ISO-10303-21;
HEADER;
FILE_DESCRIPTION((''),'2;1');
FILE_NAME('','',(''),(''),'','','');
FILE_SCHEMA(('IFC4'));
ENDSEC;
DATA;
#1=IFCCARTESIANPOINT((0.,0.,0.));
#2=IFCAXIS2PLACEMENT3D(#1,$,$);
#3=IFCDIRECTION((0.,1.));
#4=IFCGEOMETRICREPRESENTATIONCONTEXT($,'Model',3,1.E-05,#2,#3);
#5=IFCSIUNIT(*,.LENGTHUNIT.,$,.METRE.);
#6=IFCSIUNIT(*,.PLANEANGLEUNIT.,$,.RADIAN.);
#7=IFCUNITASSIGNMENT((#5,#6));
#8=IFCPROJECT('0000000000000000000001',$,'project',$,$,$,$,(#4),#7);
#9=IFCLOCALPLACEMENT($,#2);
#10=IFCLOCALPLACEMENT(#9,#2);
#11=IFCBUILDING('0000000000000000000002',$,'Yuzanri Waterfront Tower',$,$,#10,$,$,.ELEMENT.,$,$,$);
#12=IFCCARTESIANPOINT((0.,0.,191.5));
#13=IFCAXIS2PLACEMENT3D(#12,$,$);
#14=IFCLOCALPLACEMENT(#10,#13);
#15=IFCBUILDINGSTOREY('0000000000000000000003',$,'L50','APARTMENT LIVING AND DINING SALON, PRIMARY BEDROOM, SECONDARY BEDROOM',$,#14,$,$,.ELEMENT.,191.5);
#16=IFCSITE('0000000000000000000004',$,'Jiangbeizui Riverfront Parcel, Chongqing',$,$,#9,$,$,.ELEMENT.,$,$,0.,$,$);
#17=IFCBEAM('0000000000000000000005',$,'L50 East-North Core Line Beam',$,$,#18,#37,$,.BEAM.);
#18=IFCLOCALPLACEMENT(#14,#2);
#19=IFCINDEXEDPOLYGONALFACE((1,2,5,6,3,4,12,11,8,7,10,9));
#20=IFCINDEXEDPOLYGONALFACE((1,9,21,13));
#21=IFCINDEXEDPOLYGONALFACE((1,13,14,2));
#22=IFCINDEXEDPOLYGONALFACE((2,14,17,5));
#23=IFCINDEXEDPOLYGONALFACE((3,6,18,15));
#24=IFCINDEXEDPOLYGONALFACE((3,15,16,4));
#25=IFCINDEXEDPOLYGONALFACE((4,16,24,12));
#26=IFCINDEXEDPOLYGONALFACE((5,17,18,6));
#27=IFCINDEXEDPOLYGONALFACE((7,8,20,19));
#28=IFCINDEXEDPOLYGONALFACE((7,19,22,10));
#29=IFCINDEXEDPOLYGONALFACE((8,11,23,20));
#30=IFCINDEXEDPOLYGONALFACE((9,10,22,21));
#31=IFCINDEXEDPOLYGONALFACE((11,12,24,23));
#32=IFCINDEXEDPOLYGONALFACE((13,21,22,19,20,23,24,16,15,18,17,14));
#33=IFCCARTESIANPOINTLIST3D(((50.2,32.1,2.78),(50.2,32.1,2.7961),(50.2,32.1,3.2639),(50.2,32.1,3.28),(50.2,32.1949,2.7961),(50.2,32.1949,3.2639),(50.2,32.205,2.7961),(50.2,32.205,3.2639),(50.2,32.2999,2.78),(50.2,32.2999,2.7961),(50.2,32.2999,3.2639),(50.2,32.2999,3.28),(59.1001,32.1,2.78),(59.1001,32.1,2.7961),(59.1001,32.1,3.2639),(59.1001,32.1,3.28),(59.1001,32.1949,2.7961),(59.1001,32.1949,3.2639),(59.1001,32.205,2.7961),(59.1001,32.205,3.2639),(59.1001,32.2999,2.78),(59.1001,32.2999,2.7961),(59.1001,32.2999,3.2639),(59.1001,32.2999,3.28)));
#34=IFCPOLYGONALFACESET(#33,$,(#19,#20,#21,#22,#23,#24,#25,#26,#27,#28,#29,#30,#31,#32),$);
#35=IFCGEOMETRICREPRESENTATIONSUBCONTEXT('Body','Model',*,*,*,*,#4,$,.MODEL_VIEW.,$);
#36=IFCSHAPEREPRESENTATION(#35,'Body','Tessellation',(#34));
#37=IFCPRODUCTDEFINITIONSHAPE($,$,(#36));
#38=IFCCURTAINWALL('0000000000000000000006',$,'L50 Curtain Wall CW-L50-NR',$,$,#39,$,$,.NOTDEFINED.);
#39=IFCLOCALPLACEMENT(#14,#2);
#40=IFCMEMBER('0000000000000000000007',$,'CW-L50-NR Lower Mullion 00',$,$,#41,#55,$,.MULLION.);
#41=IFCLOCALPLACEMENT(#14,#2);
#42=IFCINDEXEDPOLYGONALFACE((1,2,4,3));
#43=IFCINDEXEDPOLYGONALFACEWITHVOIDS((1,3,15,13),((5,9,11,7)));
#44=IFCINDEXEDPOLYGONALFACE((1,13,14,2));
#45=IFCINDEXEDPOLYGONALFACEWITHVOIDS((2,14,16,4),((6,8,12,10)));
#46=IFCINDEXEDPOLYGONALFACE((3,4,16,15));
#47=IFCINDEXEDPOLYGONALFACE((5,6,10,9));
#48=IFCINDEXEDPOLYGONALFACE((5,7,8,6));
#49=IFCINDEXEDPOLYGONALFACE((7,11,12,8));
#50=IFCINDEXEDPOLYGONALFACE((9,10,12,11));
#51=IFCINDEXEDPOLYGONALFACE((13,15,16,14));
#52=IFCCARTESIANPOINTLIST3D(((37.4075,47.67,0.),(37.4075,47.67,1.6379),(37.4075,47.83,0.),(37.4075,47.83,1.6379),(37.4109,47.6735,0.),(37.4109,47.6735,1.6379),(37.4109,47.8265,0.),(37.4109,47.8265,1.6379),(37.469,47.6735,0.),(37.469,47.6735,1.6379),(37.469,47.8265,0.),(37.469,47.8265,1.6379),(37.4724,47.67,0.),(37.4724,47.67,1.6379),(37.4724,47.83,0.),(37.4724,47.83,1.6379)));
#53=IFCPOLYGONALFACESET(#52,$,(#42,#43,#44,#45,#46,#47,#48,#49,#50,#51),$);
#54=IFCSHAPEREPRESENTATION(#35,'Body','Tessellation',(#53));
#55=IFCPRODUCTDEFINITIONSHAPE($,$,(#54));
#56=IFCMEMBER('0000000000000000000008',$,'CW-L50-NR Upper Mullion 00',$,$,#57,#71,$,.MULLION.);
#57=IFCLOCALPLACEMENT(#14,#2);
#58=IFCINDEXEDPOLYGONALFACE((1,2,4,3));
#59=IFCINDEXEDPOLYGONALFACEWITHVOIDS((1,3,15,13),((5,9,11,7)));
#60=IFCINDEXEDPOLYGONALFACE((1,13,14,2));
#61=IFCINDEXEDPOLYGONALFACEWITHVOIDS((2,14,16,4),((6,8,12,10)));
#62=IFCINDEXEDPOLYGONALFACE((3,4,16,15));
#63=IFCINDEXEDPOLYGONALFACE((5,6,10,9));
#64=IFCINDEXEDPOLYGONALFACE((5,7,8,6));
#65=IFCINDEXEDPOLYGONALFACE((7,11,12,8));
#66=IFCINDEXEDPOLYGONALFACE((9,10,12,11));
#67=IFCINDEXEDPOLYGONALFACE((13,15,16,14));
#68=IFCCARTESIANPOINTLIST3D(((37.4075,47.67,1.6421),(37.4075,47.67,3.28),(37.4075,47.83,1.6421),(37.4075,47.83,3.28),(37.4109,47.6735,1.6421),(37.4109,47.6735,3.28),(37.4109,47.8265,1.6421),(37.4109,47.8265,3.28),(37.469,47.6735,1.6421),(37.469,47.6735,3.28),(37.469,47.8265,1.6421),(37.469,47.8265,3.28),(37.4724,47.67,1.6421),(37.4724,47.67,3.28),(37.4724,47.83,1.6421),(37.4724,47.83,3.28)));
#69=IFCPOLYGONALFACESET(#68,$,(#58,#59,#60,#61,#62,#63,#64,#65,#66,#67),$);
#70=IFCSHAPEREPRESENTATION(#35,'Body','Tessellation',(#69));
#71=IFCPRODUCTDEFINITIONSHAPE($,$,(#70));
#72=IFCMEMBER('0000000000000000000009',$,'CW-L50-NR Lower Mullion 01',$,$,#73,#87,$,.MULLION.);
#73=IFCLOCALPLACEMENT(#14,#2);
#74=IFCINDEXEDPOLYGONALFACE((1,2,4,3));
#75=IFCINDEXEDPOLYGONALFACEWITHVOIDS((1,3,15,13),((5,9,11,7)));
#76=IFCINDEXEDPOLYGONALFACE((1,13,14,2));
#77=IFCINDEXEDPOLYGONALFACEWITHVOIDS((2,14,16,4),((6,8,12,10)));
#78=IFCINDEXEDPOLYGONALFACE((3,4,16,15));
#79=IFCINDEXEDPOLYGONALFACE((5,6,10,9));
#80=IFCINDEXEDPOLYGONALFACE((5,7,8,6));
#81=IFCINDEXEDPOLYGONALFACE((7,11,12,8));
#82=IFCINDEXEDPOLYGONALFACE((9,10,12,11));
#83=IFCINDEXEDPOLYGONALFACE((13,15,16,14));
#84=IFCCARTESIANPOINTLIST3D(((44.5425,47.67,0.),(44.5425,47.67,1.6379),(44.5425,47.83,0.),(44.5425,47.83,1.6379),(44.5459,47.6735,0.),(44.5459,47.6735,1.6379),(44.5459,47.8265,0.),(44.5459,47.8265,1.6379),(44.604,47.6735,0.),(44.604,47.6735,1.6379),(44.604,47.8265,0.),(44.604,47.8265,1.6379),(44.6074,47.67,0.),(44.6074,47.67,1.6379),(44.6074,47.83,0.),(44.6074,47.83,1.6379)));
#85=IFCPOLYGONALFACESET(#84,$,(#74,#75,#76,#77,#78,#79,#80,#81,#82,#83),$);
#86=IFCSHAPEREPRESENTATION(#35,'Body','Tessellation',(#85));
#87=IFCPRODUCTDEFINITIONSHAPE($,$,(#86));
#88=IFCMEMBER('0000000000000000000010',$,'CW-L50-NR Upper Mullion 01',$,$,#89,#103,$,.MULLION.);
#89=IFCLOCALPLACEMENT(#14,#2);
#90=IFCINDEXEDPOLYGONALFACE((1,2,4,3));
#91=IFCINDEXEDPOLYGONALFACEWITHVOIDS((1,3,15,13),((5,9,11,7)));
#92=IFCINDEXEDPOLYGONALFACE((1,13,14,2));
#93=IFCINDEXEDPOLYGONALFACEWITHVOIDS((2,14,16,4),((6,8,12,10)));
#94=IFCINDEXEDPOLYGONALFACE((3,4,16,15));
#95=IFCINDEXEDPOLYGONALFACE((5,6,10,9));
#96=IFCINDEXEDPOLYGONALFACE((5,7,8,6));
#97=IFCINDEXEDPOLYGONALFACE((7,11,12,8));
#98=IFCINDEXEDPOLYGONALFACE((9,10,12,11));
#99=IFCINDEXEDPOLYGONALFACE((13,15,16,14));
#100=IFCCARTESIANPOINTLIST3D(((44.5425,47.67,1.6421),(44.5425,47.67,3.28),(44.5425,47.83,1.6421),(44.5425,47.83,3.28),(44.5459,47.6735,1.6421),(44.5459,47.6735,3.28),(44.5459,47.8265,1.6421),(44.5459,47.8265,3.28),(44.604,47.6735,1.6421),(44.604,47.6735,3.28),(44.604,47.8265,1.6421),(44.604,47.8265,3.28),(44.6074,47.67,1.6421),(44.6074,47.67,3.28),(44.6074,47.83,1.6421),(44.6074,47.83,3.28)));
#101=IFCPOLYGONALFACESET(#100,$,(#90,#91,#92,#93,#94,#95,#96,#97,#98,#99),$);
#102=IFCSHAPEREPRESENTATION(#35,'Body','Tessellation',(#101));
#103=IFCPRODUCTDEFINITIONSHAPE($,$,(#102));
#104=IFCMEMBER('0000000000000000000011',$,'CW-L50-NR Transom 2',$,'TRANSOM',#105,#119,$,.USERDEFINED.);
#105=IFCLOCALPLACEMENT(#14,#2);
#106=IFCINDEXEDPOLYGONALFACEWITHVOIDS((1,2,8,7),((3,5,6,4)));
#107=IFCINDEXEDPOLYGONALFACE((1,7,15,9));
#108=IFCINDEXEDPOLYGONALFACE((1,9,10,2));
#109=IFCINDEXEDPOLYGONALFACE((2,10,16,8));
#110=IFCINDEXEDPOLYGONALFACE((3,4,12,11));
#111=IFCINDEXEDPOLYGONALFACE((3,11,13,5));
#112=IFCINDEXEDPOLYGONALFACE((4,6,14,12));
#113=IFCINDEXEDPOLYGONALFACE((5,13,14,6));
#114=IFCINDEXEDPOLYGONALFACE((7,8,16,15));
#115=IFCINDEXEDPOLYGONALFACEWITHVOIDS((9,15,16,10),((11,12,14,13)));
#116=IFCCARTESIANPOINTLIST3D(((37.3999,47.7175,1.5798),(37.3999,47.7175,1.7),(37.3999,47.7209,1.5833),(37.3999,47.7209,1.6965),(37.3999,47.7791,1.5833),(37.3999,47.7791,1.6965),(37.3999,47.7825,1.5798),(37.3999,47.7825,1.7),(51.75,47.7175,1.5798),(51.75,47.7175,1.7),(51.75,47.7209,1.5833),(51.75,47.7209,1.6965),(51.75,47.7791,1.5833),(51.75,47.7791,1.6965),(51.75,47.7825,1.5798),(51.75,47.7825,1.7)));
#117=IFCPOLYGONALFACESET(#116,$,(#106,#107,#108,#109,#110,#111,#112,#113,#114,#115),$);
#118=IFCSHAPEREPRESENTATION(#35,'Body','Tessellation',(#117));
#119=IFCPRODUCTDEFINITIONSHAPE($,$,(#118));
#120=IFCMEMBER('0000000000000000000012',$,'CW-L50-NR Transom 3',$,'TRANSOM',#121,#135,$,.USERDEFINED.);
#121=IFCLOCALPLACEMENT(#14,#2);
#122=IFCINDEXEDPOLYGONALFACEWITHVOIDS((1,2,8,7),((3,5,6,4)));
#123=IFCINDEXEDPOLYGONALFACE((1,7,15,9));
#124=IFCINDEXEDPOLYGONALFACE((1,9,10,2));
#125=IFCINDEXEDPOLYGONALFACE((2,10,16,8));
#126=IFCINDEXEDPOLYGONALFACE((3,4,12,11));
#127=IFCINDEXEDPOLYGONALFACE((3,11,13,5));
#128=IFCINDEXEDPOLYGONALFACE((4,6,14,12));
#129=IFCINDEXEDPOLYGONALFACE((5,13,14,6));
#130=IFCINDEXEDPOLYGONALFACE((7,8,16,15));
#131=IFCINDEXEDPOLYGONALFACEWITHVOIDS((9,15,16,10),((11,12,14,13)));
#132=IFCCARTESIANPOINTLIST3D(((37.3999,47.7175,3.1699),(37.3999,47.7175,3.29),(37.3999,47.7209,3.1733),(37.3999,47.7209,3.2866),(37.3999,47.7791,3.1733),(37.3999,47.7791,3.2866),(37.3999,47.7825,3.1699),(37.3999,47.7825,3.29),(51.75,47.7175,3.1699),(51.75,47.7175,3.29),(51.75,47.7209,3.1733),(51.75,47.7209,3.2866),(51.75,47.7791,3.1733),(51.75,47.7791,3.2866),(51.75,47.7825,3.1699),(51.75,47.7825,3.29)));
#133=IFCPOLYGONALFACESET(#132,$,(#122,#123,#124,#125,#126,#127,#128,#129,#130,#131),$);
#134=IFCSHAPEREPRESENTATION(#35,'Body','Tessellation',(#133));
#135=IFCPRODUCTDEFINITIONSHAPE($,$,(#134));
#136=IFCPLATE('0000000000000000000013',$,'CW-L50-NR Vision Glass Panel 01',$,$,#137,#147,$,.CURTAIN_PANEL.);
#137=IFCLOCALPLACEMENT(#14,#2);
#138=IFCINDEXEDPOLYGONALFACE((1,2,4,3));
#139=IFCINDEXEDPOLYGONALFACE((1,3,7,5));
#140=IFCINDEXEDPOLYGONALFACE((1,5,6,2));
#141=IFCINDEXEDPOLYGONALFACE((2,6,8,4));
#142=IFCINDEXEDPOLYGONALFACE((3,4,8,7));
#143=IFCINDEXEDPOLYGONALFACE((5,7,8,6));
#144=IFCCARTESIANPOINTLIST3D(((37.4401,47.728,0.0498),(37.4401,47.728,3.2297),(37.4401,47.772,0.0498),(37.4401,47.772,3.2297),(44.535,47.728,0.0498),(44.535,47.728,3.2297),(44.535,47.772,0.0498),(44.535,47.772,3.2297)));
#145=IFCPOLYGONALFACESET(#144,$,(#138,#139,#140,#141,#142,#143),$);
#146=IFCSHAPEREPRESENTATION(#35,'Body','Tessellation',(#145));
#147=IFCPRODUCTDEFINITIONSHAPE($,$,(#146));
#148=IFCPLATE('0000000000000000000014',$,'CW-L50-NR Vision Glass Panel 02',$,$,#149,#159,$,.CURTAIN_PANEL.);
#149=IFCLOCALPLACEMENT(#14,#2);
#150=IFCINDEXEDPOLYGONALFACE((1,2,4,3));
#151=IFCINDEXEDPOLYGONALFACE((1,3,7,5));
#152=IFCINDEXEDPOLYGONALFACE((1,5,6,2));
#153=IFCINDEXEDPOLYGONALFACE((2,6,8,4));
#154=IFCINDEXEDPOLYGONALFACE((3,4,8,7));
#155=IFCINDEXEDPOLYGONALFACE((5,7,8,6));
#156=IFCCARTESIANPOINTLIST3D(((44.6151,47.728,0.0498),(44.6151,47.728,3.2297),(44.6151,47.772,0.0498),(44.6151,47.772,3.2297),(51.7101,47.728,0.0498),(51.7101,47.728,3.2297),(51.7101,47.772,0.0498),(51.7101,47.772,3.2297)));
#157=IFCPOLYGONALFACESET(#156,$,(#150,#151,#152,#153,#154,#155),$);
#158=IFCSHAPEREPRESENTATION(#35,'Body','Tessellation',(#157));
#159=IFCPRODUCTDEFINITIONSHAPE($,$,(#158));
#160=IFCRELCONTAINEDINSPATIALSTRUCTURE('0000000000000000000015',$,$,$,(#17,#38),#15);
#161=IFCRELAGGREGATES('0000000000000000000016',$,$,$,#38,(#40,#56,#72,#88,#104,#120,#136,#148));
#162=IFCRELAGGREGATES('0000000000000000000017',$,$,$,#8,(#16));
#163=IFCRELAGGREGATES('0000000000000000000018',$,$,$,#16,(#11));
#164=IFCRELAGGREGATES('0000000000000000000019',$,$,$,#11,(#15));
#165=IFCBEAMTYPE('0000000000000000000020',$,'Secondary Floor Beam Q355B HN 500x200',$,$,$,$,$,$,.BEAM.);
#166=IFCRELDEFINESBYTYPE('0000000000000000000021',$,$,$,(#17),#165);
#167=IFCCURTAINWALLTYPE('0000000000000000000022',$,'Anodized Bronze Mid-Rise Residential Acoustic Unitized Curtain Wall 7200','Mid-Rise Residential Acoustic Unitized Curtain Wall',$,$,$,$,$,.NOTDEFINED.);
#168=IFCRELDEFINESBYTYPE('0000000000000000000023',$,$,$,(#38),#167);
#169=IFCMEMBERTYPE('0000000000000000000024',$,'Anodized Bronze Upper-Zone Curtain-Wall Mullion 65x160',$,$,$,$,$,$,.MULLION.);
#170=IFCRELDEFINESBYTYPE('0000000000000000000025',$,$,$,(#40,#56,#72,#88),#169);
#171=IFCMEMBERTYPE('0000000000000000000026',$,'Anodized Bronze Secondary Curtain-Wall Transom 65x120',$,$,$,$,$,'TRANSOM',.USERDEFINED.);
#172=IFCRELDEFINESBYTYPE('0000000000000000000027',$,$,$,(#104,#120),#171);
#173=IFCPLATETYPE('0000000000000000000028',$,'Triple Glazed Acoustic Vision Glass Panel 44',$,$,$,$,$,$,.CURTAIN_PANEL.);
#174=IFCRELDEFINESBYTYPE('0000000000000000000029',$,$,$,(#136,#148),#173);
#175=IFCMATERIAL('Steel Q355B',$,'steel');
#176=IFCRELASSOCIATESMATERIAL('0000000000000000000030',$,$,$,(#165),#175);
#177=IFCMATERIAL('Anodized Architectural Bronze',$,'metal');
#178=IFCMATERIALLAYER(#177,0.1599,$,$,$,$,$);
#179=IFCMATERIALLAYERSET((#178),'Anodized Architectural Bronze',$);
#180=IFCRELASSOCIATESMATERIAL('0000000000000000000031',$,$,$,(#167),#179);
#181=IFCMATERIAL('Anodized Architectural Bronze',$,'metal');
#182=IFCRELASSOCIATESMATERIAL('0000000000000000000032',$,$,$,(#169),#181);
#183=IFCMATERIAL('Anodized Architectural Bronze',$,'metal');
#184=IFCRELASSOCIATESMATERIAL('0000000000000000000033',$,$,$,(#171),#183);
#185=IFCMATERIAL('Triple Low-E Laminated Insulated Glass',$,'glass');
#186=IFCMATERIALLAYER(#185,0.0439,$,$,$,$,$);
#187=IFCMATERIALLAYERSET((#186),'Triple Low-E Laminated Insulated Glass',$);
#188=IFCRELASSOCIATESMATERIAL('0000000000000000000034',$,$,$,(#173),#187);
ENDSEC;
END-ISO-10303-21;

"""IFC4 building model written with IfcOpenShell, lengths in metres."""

from ifc_helpers import new_model, si_unit, direction, frame, origin, origin_2d, place, context, subcontext, project, spatial, rectangle, hollow_rectangle, i_section, extrude, source, transform, mapped, material, layer, layer_set, material_profile, profile_set, type_object, element, aggregate, save


model = new_model("IFC4")

# Units and contexts
model_context = context("Model", 3, precision=1e-05, world=origin(), true_north=direction((0.0, 1.0)))
body_context = subcontext(model_context, "Body", "Model", "MODEL_VIEW")
ifc_project = project(units=[si_unit("LENGTHUNIT", "METRE"), si_unit("PLANEANGLEUNIT", "RADIAN")], contexts=[model_context])

# Site, building, storey
site_placement = place(None, origin())
site = spatial("IfcSite", under=ifc_project, at=site_placement, Name="Jiangbeizui Riverfront Parcel, Chongqing", CompositionType="ELEMENT", RefElevation=0.0)
building_placement = place(site_placement, origin())
building = spatial("IfcBuilding", under=site, at=building_placement, Name="Yuzanri Waterfront Tower", CompositionType="ELEMENT")
storey_placement = place(building_placement, frame((0.0, 0.0, 191.5)))
storey = spatial("IfcBuildingStorey", under=building, at=storey_placement, Name="L50", Description="APARTMENT LIVING AND DINING SALON, PRIMARY BEDROOM, SECONDARY BEDROOM", CompositionType="ELEMENT", Elevation=191.5)

# Beam
ifc_material_1 = material(Name="Steel Q355B", Category="steel")
ifc_material_profile_1 = material_profile(ifc_material_1, i_section(OverallWidth=0.2, OverallDepth=0.5, WebThickness=0.01, FlangeThickness=0.0161, at=origin_2d()), Name="HN 500x200x10x16")
ifc_profile_set_1 = profile_set([ifc_material_profile_1], Name="Steel Q355B")
beam_type = type_object("IfcBeamType", Name="Secondary Floor Beam Q355B HN 500x200", PredefinedType="BEAM", material=ifc_profile_set_1)
shared_shape_1 = source(origin(), body_context, "Body", "SweptSolid", [
    extrude(i_section(OverallWidth=0.2, OverallDepth=0.5, WebThickness=0.01, FlangeThickness=0.0161, at=origin_2d()), origin(), (0.0, 0.0, 1.0), 8.9001),
])
beam_placement = place(storey_placement, frame((50.2, 32.2, 3.03), z_axis=(1.0, 0.0, 0.0), x_axis=(0.0, 1.0, 0.0)))
element("IfcBeam", 1, at=beam_placement, inside=storey, type_object=beam_type, Name="L50 East-North Core Line Beam", PredefinedType="BEAM", context=body_context, shape_type="MappedRepresentation", body=[
    mapped(shared_shape_1, transform((0.0, 0.0, 0.0), scale=1.0)),
])

# Curtain wall, members, plates
ifc_material_2 = material(Name="Anodized Architectural Bronze", Category="metal")
ifc_layer_1 = layer(ifc_material_2, 0.1599)
ifc_layer_set_1 = layer_set([ifc_layer_1], Name="Anodized Architectural Bronze")
curtain_wall_type = type_object("IfcCurtainWallType", Name="Anodized Bronze Mid-Rise Residential Acoustic Unitized Curtain Wall 7200", Description="Mid-Rise Residential Acoustic Unitized Curtain Wall", PredefinedType="NOTDEFINED", material=ifc_layer_set_1)
curtain_wall_placement = place(storey_placement, origin())
curtain_wall = element("IfcCurtainWall", 2, at=curtain_wall_placement, inside=storey, type_object=curtain_wall_type, Name="L50 Curtain Wall CW-L50-NR", PredefinedType="NOTDEFINED")
ifc_material_3 = material(Name="Anodized Architectural Bronze", Category="metal")
ifc_material_profile_2 = material_profile(ifc_material_3, hollow_rectangle(XDim=0.0649, YDim=0.1599, WallThickness=0.0034, at=origin_2d()), Name="CWM 65x160")
ifc_profile_set_2 = profile_set([ifc_material_profile_2], Name="Anodized Architectural Bronze")
member_type_1 = type_object("IfcMemberType", Name="Anodized Bronze Upper-Zone Curtain-Wall Mullion 65x160", PredefinedType="MULLION", material=ifc_profile_set_2)
shared_shape_2 = source(origin(), body_context, "Body", "SweptSolid", [
    extrude(hollow_rectangle(XDim=0.0649, YDim=0.1599, WallThickness=0.0034, at=origin_2d()), origin(), (0.0, 0.0, 1.0), 1.6379),
])
member_1_placement = place(storey_placement, frame((37.4399, 47.75, 0.0), z_axis=(0.0, 0.0, 1.0), x_axis=(1.0, 0.0, 0.0)))
member_1 = element("IfcMember", 3, at=member_1_placement, type_object=member_type_1, Name="CW-L50-NR Lower Mullion 00", PredefinedType="MULLION", context=body_context, shape_type="MappedRepresentation", body=[
    mapped(shared_shape_2, transform((0.0, 0.0, 0.0), scale=1.0)),
])
member_2_placement = place(storey_placement, frame((37.4399, 47.75, 1.6421), z_axis=(0.0, 0.0, 1.0), x_axis=(1.0, 0.0, 0.0)))
member_2 = element("IfcMember", 4, at=member_2_placement, type_object=member_type_1, Name="CW-L50-NR Upper Mullion 00", PredefinedType="MULLION", context=body_context, shape_type="MappedRepresentation", body=[
    mapped(shared_shape_2, transform((0.0, 0.0, 0.0), scale=1.0)),
])
member_3_placement = place(storey_placement, frame((44.575, 47.75, 0.0), z_axis=(0.0, 0.0, 1.0), x_axis=(1.0, 0.0, 0.0)))
member_3 = element("IfcMember", 5, at=member_3_placement, type_object=member_type_1, Name="CW-L50-NR Lower Mullion 01", PredefinedType="MULLION", context=body_context, shape_type="MappedRepresentation", body=[
    mapped(shared_shape_2, transform((0.0, 0.0, 0.0), scale=1.0)),
])
member_4_placement = place(storey_placement, frame((44.575, 47.75, 1.6421), z_axis=(0.0, 0.0, 1.0), x_axis=(1.0, 0.0, 0.0)))
member_4 = element("IfcMember", 6, at=member_4_placement, type_object=member_type_1, Name="CW-L50-NR Upper Mullion 01", PredefinedType="MULLION", context=body_context, shape_type="MappedRepresentation", body=[
    mapped(shared_shape_2, transform((0.0, 0.0, 0.0), scale=1.0)),
])
ifc_material_4 = material(Name="Anodized Architectural Bronze", Category="metal")
ifc_material_profile_3 = material_profile(ifc_material_4, hollow_rectangle(XDim=0.0649, YDim=0.1201, WallThickness=0.0034, at=origin_2d()), Name="CWT 65x120")
ifc_profile_set_3 = profile_set([ifc_material_profile_3], Name="Anodized Architectural Bronze")
member_type_2 = type_object("IfcMemberType", Name="Anodized Bronze Secondary Curtain-Wall Transom 65x120", ElementType="TRANSOM", PredefinedType="USERDEFINED", material=ifc_profile_set_3)
shared_shape_3 = source(origin(), body_context, "Body", "SweptSolid", [
    extrude(hollow_rectangle(XDim=0.0649, YDim=0.1201, WallThickness=0.0034, at=origin_2d()), origin(), (0.0, 0.0, 1.0), 14.3501),
])
member_5_placement = place(storey_placement, frame((37.3999, 47.75, 1.6399), z_axis=(1.0, 0.0, 0.0), x_axis=(0.0, 1.0, 0.0)))
member_5 = element("IfcMember", 7, at=member_5_placement, type_object=member_type_2, Name="CW-L50-NR Transom 2", ObjectType="TRANSOM", PredefinedType="USERDEFINED", context=body_context, shape_type="MappedRepresentation", body=[
    mapped(shared_shape_3, transform((0.0, 0.0, 0.0), scale=1.0)),
])
member_6_placement = place(storey_placement, frame((37.3999, 47.75, 3.23), z_axis=(1.0, 0.0, 0.0), x_axis=(0.0, 1.0, 0.0)))
member_6 = element("IfcMember", 8, at=member_6_placement, type_object=member_type_2, Name="CW-L50-NR Transom 3", ObjectType="TRANSOM", PredefinedType="USERDEFINED", context=body_context, shape_type="MappedRepresentation", body=[
    mapped(shared_shape_3, transform((0.0, 0.0, 0.0), scale=1.0)),
])
ifc_material_5 = material(Name="Triple Low-E Laminated Insulated Glass", Category="glass")
ifc_layer_2 = layer(ifc_material_5, 0.0439)
ifc_layer_set_2 = layer_set([ifc_layer_2], Name="Triple Low-E Laminated Insulated Glass")
plate_type = type_object("IfcPlateType", Name="Triple Glazed Acoustic Vision Glass Panel 44", PredefinedType="CURTAIN_PANEL", material=ifc_layer_set_2)
shared_shape_4 = source(origin(), body_context, "Body", "SweptSolid", [
    extrude(rectangle(XDim=7.095, YDim=0.0439, at=origin_2d()), origin(), (0.0, 0.0, 1.0), 3.1799),
])
plate_1_placement = place(storey_placement, frame((40.9875, 47.75, 0.0498), z_axis=(0.0, 0.0, 1.0), x_axis=(1.0, 0.0, 0.0)))
plate_1 = element("IfcPlate", 9, at=plate_1_placement, type_object=plate_type, Name="CW-L50-NR Vision Glass Panel 01", PredefinedType="CURTAIN_PANEL", context=body_context, shape_type="MappedRepresentation", body=[
    mapped(shared_shape_4, transform((0.0, 0.0, 0.0), scale=1.0)),
])
plate_2_placement = place(storey_placement, frame((48.1626, 47.75, 0.0498), z_axis=(0.0, 0.0, 1.0), x_axis=(1.0, 0.0, 0.0)))
plate_2 = element("IfcPlate", 10, at=plate_2_placement, type_object=plate_type, Name="CW-L50-NR Vision Glass Panel 02", PredefinedType="CURTAIN_PANEL", context=body_context, shape_type="MappedRepresentation", body=[
    mapped(shared_shape_4, transform((0.0, 0.0, 0.0), scale=1.0)),
])
aggregate(curtain_wall, [member_1, member_2, member_3, member_4, member_5, member_6, plate_1, plate_2])

save(model, "model.ifc")
